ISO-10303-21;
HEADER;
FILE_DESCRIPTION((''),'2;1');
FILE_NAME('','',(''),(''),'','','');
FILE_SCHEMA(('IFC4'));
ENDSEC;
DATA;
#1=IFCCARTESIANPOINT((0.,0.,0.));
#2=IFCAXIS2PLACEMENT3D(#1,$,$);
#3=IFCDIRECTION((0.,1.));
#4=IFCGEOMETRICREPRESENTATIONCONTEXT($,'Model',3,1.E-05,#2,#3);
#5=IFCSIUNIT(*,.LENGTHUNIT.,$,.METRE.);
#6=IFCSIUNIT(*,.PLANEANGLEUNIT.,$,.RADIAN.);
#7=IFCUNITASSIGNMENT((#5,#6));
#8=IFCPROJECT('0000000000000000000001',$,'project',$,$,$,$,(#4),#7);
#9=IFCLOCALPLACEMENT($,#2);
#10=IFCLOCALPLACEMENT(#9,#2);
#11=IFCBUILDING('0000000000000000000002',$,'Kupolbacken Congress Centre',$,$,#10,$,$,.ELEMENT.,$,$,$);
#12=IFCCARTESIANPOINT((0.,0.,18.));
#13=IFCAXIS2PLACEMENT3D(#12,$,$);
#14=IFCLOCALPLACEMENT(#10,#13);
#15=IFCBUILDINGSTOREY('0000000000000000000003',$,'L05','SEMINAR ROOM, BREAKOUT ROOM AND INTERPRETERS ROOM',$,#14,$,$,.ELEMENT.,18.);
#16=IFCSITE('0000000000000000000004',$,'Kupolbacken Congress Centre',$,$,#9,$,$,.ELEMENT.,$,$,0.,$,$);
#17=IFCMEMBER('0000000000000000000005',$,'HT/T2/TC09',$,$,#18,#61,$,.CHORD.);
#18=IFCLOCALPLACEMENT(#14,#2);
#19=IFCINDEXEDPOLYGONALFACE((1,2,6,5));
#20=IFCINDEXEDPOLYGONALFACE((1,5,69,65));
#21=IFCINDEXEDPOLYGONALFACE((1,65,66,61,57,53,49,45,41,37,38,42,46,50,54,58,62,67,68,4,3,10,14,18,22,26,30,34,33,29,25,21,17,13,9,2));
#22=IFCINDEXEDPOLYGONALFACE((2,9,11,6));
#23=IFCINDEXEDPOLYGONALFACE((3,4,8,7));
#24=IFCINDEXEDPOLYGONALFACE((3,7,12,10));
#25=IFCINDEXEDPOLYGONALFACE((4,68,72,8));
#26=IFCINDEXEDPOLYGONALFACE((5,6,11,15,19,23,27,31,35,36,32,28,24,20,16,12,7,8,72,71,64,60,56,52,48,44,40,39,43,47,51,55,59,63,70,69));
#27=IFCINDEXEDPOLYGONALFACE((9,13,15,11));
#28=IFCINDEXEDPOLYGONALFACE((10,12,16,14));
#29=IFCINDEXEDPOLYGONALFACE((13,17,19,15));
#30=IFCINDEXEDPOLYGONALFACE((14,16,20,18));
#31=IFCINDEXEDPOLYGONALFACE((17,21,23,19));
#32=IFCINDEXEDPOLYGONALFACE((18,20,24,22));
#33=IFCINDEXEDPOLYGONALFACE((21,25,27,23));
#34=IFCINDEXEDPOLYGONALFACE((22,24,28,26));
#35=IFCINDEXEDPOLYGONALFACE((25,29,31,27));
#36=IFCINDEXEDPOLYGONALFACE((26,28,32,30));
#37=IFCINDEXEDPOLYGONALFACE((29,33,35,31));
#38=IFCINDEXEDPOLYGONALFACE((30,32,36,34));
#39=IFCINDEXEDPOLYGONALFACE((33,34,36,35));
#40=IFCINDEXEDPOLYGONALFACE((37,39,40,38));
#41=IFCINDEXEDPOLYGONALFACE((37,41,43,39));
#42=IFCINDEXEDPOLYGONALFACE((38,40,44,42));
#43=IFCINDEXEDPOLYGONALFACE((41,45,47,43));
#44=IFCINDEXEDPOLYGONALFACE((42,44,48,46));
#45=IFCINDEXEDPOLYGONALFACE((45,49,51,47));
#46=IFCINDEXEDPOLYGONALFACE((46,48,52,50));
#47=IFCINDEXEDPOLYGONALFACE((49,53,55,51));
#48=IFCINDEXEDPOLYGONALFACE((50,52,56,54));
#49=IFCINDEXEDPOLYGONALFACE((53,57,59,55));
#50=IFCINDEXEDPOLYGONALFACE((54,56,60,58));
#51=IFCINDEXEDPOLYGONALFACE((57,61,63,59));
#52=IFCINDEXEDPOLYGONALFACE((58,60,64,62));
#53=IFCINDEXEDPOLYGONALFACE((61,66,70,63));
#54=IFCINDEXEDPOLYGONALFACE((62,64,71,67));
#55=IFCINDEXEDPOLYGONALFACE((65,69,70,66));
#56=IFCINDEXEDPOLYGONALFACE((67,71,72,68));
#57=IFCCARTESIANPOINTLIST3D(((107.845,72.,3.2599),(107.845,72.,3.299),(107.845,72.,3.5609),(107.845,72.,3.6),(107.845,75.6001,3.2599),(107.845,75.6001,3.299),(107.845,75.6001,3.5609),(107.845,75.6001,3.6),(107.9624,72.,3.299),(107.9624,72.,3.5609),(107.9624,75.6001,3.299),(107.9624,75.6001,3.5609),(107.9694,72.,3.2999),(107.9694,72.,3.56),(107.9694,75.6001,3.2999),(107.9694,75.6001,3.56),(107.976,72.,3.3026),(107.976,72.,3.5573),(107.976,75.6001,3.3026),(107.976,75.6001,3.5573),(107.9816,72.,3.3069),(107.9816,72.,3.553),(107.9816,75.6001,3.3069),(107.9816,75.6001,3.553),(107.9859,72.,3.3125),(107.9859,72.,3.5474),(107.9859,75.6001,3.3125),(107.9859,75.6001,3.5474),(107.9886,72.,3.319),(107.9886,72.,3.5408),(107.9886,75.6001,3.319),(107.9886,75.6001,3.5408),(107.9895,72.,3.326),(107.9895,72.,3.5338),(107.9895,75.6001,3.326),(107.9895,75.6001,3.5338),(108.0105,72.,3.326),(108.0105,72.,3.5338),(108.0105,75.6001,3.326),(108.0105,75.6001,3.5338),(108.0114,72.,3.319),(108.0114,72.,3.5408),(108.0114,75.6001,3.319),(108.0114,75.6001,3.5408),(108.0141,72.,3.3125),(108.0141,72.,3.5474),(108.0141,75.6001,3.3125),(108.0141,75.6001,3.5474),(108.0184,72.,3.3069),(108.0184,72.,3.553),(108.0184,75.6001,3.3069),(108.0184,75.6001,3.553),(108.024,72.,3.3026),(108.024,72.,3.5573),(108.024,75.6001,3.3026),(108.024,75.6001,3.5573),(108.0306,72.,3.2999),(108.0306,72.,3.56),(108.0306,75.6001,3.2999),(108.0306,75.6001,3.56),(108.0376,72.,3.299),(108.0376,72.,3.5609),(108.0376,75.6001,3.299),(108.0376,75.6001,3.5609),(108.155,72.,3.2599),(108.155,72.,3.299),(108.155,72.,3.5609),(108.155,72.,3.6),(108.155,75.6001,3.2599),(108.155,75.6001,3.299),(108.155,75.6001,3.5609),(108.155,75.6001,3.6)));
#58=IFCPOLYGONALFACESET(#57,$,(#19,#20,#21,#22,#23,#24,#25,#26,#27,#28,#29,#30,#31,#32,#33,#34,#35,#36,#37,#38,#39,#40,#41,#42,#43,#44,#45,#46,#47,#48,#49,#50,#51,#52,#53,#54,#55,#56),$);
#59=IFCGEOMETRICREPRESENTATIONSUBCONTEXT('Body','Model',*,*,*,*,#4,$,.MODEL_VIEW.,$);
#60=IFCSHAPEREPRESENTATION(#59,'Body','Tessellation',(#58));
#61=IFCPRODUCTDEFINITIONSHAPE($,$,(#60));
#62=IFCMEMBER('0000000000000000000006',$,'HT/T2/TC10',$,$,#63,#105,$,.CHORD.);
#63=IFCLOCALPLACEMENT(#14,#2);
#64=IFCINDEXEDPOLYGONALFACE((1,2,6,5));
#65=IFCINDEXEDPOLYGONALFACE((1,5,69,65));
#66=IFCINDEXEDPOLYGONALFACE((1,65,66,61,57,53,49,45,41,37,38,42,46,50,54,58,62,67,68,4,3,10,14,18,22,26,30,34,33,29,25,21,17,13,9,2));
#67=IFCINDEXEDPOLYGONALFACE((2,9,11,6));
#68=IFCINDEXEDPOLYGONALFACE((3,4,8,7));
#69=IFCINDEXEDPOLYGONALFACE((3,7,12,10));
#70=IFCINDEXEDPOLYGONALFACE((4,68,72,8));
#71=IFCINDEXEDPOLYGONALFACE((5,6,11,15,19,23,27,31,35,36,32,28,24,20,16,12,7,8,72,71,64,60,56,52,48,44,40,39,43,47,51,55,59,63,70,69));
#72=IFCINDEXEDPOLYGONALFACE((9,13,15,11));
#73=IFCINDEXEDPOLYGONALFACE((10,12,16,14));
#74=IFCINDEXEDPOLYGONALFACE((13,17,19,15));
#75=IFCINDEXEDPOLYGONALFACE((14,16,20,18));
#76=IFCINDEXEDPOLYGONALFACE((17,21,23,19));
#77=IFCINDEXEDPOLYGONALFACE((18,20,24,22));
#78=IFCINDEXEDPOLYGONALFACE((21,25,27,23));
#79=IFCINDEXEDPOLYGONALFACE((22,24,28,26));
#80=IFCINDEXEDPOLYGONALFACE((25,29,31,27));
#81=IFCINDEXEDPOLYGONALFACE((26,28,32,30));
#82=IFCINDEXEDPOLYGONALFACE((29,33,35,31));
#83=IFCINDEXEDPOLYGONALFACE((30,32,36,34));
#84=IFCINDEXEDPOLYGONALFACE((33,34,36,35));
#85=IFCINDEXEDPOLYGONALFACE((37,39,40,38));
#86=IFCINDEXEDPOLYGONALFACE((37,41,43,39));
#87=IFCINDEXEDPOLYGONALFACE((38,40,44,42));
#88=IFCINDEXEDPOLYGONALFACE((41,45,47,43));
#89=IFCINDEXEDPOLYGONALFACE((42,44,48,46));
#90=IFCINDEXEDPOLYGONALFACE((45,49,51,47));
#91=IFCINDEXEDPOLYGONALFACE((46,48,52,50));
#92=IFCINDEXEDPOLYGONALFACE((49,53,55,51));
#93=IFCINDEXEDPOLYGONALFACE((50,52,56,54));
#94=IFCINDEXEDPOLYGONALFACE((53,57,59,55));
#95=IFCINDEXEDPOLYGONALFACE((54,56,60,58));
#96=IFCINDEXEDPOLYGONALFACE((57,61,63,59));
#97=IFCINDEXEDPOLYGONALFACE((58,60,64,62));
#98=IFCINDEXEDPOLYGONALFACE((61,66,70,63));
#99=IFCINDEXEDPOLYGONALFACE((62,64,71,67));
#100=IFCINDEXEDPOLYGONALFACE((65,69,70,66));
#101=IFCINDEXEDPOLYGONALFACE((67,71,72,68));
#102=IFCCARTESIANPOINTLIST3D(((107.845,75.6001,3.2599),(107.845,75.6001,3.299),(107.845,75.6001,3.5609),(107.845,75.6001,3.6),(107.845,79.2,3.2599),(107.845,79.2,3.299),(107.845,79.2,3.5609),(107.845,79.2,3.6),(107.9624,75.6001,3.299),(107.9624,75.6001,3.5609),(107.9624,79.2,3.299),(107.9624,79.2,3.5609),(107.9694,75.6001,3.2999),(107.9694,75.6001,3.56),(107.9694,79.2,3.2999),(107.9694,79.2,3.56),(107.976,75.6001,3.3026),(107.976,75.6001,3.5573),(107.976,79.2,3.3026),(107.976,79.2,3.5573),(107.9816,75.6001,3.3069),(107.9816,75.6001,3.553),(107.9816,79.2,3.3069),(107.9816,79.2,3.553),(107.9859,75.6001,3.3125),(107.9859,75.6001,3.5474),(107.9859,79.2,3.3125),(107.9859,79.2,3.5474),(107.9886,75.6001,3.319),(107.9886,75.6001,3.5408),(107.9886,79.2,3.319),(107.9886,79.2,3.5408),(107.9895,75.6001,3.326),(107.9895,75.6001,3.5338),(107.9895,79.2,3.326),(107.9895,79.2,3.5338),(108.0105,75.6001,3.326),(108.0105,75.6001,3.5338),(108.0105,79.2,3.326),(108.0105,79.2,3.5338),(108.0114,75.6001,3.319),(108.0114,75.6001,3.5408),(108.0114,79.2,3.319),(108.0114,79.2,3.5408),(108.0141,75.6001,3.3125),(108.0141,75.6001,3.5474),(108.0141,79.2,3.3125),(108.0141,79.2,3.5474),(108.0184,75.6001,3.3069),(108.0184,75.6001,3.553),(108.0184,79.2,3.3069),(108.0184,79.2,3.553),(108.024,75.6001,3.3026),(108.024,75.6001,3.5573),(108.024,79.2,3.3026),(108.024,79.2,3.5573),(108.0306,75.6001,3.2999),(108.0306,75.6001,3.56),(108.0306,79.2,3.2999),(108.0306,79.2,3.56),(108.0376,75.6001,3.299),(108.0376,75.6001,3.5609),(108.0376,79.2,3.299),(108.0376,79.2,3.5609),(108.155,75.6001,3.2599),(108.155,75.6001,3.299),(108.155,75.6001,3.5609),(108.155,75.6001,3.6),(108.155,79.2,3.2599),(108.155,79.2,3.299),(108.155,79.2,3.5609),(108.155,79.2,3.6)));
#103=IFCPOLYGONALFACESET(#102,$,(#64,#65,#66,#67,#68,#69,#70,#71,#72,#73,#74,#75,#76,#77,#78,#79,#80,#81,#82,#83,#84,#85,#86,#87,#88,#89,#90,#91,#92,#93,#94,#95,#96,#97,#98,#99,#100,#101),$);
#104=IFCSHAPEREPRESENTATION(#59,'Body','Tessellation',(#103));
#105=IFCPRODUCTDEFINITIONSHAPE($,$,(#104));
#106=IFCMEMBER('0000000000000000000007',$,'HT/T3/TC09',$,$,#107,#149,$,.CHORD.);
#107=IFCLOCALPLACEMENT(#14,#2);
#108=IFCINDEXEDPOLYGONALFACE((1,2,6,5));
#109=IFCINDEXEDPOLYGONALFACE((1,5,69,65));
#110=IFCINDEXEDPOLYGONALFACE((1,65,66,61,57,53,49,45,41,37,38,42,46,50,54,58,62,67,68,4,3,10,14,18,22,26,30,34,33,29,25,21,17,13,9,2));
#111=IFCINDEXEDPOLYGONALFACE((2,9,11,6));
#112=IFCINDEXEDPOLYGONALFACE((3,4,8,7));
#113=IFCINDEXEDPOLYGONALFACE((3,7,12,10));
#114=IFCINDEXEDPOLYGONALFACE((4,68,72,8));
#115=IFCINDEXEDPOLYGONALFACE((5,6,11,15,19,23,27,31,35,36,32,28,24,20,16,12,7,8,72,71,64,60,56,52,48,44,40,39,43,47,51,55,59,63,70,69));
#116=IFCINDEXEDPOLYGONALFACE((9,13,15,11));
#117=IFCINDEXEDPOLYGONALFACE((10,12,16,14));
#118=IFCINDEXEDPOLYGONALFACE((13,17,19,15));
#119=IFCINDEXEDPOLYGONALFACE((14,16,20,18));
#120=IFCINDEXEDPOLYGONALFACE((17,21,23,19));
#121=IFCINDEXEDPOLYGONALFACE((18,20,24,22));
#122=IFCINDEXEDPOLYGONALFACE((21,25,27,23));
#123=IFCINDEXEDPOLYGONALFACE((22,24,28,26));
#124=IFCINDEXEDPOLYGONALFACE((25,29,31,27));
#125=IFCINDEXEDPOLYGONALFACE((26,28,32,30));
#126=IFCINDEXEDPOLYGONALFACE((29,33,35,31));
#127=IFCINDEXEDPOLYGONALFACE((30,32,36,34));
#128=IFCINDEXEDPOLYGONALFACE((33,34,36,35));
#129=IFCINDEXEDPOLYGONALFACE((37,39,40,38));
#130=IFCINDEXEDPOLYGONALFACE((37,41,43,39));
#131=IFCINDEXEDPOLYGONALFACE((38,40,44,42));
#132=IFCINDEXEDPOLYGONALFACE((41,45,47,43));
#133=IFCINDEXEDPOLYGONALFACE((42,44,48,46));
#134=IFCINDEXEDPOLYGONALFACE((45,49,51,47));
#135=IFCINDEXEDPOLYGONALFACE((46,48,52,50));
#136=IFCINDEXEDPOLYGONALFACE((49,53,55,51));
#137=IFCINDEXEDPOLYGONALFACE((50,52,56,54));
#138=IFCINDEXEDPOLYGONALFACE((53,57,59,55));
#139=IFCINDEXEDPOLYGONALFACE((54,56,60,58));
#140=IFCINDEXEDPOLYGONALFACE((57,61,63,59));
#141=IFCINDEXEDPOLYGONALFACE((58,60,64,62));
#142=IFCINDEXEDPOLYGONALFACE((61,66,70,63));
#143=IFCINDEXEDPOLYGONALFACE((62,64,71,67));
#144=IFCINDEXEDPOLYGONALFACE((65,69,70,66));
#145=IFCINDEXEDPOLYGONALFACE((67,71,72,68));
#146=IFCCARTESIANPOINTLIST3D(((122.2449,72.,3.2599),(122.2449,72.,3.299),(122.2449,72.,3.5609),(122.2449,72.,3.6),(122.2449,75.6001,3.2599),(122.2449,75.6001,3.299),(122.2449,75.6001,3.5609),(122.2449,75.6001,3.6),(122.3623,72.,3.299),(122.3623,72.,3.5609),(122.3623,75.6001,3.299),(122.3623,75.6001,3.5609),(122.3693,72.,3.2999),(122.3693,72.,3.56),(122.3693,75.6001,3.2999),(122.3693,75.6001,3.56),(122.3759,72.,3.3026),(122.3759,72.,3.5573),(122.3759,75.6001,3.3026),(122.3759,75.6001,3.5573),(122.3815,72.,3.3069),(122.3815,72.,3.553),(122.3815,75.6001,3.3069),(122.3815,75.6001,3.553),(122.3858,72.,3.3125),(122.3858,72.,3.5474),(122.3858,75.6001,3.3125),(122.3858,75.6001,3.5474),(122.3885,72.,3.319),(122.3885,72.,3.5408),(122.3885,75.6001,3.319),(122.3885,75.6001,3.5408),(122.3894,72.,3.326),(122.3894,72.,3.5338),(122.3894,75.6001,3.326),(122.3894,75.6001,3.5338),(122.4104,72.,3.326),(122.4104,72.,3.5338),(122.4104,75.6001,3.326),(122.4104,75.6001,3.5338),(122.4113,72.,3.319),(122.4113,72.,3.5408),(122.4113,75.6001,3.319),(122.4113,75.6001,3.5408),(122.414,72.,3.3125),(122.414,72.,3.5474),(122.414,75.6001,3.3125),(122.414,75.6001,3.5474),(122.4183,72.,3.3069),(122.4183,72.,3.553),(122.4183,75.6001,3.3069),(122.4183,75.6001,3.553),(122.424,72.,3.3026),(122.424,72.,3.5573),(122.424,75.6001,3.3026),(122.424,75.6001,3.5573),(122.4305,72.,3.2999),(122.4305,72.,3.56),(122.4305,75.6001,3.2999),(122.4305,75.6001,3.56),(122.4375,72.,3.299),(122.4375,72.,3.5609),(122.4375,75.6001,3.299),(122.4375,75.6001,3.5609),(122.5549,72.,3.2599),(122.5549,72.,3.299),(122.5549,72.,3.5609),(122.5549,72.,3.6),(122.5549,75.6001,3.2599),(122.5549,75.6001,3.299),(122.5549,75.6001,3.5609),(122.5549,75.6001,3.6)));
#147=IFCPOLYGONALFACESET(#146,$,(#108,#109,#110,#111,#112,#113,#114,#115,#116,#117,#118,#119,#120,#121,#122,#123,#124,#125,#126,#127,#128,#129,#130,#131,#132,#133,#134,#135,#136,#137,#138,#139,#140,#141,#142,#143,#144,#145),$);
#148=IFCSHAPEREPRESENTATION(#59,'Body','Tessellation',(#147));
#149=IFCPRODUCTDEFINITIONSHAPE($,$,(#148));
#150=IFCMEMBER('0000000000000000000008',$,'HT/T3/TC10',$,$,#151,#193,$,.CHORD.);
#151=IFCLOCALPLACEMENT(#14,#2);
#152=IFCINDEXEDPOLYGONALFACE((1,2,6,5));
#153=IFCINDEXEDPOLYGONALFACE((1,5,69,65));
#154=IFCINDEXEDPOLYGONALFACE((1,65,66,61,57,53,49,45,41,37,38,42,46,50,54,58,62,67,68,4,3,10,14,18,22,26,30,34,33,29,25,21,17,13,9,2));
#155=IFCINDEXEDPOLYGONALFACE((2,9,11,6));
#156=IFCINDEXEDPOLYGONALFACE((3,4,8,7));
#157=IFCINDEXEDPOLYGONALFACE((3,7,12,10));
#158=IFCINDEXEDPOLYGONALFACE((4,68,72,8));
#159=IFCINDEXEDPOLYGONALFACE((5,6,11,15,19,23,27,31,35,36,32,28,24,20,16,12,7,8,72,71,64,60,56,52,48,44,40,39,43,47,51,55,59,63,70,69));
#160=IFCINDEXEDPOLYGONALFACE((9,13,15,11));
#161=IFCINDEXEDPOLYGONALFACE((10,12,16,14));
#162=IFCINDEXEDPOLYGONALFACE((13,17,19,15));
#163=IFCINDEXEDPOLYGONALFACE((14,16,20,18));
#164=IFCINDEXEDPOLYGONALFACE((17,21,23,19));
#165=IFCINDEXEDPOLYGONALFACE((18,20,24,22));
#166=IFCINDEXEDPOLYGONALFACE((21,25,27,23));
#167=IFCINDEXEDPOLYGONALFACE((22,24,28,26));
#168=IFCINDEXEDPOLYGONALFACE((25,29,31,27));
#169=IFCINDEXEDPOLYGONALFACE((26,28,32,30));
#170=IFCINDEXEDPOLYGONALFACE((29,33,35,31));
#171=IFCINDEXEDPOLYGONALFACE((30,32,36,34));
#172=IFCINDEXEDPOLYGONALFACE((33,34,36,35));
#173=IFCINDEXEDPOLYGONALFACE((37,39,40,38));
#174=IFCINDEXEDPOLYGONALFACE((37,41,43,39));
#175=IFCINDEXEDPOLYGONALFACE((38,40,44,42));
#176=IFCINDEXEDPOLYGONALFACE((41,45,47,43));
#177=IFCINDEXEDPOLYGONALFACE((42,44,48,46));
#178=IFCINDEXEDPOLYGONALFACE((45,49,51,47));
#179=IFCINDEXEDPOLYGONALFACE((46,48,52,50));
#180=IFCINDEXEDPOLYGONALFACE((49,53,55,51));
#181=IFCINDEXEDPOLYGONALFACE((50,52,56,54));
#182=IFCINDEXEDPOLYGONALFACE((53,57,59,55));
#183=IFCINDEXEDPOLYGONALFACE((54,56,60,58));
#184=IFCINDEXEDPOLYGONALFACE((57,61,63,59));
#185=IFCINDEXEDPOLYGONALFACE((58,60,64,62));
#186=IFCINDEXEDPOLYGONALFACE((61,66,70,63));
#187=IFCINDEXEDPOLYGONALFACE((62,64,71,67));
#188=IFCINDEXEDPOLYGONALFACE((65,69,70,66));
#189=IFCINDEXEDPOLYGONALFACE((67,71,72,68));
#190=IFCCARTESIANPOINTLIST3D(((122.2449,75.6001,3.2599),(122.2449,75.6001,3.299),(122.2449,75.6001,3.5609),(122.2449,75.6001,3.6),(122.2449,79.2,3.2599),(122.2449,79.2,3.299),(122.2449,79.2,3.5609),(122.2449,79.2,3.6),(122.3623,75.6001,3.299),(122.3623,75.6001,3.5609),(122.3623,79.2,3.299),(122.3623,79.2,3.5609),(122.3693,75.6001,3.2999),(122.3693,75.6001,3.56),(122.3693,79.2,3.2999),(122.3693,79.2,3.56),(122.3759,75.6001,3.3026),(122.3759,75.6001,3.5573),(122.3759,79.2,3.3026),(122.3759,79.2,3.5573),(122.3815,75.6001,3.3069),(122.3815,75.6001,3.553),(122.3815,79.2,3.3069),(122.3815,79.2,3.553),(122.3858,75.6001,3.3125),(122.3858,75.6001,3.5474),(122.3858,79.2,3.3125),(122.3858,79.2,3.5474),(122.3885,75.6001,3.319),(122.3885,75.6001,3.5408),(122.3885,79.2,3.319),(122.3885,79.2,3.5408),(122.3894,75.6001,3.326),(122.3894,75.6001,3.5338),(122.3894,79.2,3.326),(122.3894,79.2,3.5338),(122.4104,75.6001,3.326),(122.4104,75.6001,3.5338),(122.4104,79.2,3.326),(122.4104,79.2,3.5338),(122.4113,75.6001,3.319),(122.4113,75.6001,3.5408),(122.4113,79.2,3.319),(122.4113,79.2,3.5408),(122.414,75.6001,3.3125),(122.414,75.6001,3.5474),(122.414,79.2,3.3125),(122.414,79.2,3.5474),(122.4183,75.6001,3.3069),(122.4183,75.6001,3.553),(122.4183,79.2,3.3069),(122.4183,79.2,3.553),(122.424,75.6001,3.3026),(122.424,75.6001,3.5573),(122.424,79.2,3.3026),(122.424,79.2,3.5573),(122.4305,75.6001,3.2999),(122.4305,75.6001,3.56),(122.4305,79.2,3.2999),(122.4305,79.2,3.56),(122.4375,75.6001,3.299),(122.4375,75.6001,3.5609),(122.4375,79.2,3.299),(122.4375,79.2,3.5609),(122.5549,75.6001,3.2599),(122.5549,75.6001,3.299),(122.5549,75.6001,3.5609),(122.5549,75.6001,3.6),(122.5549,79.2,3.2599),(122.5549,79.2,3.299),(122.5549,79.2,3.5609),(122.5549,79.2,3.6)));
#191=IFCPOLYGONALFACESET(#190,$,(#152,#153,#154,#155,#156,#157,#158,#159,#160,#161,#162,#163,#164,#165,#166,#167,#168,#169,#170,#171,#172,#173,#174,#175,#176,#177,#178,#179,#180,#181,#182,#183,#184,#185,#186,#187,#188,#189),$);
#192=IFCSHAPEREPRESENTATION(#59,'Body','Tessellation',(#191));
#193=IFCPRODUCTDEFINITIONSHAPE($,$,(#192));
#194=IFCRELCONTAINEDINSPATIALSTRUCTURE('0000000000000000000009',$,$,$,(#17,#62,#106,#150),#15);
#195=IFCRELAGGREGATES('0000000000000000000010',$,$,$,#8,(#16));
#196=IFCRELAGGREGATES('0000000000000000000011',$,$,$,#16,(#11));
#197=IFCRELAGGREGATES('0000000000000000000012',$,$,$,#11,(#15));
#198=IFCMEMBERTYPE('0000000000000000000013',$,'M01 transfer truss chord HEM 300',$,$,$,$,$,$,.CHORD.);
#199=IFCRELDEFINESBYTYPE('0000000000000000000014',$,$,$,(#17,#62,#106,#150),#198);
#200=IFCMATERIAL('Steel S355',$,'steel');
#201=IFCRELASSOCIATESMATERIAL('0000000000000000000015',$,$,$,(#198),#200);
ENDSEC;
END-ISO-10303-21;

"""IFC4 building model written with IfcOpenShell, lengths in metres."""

from ifc_helpers import new_model, si_unit, direction, frame, origin, origin_2d, place, context, subcontext, project, spatial, i_section, extrude, material, material_profile, profile_set, type_object, element, save


model = new_model("IFC4")

# Units and contexts
model_context = context("Model", 3, precision=1e-05, world=origin(), true_north=direction((0.0, 1.0)))
body_context = subcontext(model_context, "Body", "Model", "MODEL_VIEW")
ifc_project = project(units=[si_unit("LENGTHUNIT", "METRE"), si_unit("PLANEANGLEUNIT", "RADIAN")], contexts=[model_context])

# Site, building, storey
site_placement = place(None, origin())
site = spatial("IfcSite", under=ifc_project, at=site_placement, Name="Kupolbacken Congress Centre", CompositionType="ELEMENT", RefElevation=0.0)
building_placement = place(site_placement, origin())
building = spatial("IfcBuilding", under=site, at=building_placement, Name="Kupolbacken Congress Centre", CompositionType="ELEMENT")
storey_placement = place(building_placement, frame((0.0, 0.0, 18.0)))
storey = spatial("IfcBuildingStorey", under=building, at=storey_placement, Name="L05", Description="SEMINAR ROOM, BREAKOUT ROOM AND INTERPRETERS ROOM", CompositionType="ELEMENT", Elevation=18.0)

# Members
ifc_material_1 = material(Name="Steel S355", Category="steel")
ifc_material_profile_1 = material_profile(ifc_material_1, i_section(OverallWidth=0.3101, OverallDepth=0.3401, WebThickness=0.021, FlangeThickness=0.0391, FilletRadius=0.0271, at=origin_2d()), Name="HEM 300")
ifc_profile_set_1 = profile_set([ifc_material_profile_1], Name="Steel S355")
member_type_1 = type_object("IfcMemberType", Name="M01 transfer truss chord HEM 300", PredefinedType="CHORD", material=ifc_profile_set_1)
member_1_placement = place(storey_placement, frame((108.0, 72.0, 3.4299), z_axis=(0.0, 1.0, 0.0), x_axis=(-1.0, 0.0, 0.0)))
element("IfcMember", 1, at=member_1_placement, inside=storey, type_object=member_type_1, Name="HT/T2/TC09", PredefinedType="CHORD", context=body_context, shape_type="SweptSolid", body=[
    extrude(i_section(OverallWidth=0.3101, OverallDepth=0.3401, WebThickness=0.021, FlangeThickness=0.0391, FilletRadius=0.0271, at=origin_2d()), origin(), (0.0, 0.0, 1.0), 3.6001),
])
member_2_placement = place(storey_placement, frame((108.0, 75.6001, 3.4299), z_axis=(0.0, 1.0, 0.0), x_axis=(-1.0, 0.0, 0.0)))
element("IfcMember", 2, at=member_2_placement, inside=storey, type_object=member_type_1, Name="HT/T2/TC10", PredefinedType="CHORD", context=body_context, shape_type="SweptSolid", body=[
    extrude(i_section(OverallWidth=0.3101, OverallDepth=0.3401, WebThickness=0.021, FlangeThickness=0.0391, FilletRadius=0.0271, at=origin_2d()), origin(), (0.0, 0.0, 1.0), 3.5999),
])
member_3_placement = place(storey_placement, frame((122.3999, 72.0, 3.4299), z_axis=(0.0, 1.0, 0.0), x_axis=(-1.0, 0.0, 0.0)))
element("IfcMember", 3, at=member_3_placement, inside=storey, type_object=member_type_1, Name="HT/T3/TC09", PredefinedType="CHORD", context=body_context, shape_type="SweptSolid", body=[
    extrude(i_section(OverallWidth=0.3101, OverallDepth=0.3401, WebThickness=0.021, FlangeThickness=0.0391, FilletRadius=0.0271, at=origin_2d()), origin(), (0.0, 0.0, 1.0), 3.6001),
])
member_4_placement = place(storey_placement, frame((122.3999, 75.6001, 3.4299), z_axis=(0.0, 1.0, 0.0), x_axis=(-1.0, 0.0, 0.0)))
element("IfcMember", 4, at=member_4_placement, inside=storey, type_object=member_type_1, Name="HT/T3/TC10", PredefinedType="CHORD", context=body_context, shape_type="SweptSolid", body=[
    extrude(i_section(OverallWidth=0.3101, OverallDepth=0.3401, WebThickness=0.021, FlangeThickness=0.0391, FilletRadius=0.0271, at=origin_2d()), origin(), (0.0, 0.0, 1.0), 3.5999),
])

save(model, "model.ifc")
